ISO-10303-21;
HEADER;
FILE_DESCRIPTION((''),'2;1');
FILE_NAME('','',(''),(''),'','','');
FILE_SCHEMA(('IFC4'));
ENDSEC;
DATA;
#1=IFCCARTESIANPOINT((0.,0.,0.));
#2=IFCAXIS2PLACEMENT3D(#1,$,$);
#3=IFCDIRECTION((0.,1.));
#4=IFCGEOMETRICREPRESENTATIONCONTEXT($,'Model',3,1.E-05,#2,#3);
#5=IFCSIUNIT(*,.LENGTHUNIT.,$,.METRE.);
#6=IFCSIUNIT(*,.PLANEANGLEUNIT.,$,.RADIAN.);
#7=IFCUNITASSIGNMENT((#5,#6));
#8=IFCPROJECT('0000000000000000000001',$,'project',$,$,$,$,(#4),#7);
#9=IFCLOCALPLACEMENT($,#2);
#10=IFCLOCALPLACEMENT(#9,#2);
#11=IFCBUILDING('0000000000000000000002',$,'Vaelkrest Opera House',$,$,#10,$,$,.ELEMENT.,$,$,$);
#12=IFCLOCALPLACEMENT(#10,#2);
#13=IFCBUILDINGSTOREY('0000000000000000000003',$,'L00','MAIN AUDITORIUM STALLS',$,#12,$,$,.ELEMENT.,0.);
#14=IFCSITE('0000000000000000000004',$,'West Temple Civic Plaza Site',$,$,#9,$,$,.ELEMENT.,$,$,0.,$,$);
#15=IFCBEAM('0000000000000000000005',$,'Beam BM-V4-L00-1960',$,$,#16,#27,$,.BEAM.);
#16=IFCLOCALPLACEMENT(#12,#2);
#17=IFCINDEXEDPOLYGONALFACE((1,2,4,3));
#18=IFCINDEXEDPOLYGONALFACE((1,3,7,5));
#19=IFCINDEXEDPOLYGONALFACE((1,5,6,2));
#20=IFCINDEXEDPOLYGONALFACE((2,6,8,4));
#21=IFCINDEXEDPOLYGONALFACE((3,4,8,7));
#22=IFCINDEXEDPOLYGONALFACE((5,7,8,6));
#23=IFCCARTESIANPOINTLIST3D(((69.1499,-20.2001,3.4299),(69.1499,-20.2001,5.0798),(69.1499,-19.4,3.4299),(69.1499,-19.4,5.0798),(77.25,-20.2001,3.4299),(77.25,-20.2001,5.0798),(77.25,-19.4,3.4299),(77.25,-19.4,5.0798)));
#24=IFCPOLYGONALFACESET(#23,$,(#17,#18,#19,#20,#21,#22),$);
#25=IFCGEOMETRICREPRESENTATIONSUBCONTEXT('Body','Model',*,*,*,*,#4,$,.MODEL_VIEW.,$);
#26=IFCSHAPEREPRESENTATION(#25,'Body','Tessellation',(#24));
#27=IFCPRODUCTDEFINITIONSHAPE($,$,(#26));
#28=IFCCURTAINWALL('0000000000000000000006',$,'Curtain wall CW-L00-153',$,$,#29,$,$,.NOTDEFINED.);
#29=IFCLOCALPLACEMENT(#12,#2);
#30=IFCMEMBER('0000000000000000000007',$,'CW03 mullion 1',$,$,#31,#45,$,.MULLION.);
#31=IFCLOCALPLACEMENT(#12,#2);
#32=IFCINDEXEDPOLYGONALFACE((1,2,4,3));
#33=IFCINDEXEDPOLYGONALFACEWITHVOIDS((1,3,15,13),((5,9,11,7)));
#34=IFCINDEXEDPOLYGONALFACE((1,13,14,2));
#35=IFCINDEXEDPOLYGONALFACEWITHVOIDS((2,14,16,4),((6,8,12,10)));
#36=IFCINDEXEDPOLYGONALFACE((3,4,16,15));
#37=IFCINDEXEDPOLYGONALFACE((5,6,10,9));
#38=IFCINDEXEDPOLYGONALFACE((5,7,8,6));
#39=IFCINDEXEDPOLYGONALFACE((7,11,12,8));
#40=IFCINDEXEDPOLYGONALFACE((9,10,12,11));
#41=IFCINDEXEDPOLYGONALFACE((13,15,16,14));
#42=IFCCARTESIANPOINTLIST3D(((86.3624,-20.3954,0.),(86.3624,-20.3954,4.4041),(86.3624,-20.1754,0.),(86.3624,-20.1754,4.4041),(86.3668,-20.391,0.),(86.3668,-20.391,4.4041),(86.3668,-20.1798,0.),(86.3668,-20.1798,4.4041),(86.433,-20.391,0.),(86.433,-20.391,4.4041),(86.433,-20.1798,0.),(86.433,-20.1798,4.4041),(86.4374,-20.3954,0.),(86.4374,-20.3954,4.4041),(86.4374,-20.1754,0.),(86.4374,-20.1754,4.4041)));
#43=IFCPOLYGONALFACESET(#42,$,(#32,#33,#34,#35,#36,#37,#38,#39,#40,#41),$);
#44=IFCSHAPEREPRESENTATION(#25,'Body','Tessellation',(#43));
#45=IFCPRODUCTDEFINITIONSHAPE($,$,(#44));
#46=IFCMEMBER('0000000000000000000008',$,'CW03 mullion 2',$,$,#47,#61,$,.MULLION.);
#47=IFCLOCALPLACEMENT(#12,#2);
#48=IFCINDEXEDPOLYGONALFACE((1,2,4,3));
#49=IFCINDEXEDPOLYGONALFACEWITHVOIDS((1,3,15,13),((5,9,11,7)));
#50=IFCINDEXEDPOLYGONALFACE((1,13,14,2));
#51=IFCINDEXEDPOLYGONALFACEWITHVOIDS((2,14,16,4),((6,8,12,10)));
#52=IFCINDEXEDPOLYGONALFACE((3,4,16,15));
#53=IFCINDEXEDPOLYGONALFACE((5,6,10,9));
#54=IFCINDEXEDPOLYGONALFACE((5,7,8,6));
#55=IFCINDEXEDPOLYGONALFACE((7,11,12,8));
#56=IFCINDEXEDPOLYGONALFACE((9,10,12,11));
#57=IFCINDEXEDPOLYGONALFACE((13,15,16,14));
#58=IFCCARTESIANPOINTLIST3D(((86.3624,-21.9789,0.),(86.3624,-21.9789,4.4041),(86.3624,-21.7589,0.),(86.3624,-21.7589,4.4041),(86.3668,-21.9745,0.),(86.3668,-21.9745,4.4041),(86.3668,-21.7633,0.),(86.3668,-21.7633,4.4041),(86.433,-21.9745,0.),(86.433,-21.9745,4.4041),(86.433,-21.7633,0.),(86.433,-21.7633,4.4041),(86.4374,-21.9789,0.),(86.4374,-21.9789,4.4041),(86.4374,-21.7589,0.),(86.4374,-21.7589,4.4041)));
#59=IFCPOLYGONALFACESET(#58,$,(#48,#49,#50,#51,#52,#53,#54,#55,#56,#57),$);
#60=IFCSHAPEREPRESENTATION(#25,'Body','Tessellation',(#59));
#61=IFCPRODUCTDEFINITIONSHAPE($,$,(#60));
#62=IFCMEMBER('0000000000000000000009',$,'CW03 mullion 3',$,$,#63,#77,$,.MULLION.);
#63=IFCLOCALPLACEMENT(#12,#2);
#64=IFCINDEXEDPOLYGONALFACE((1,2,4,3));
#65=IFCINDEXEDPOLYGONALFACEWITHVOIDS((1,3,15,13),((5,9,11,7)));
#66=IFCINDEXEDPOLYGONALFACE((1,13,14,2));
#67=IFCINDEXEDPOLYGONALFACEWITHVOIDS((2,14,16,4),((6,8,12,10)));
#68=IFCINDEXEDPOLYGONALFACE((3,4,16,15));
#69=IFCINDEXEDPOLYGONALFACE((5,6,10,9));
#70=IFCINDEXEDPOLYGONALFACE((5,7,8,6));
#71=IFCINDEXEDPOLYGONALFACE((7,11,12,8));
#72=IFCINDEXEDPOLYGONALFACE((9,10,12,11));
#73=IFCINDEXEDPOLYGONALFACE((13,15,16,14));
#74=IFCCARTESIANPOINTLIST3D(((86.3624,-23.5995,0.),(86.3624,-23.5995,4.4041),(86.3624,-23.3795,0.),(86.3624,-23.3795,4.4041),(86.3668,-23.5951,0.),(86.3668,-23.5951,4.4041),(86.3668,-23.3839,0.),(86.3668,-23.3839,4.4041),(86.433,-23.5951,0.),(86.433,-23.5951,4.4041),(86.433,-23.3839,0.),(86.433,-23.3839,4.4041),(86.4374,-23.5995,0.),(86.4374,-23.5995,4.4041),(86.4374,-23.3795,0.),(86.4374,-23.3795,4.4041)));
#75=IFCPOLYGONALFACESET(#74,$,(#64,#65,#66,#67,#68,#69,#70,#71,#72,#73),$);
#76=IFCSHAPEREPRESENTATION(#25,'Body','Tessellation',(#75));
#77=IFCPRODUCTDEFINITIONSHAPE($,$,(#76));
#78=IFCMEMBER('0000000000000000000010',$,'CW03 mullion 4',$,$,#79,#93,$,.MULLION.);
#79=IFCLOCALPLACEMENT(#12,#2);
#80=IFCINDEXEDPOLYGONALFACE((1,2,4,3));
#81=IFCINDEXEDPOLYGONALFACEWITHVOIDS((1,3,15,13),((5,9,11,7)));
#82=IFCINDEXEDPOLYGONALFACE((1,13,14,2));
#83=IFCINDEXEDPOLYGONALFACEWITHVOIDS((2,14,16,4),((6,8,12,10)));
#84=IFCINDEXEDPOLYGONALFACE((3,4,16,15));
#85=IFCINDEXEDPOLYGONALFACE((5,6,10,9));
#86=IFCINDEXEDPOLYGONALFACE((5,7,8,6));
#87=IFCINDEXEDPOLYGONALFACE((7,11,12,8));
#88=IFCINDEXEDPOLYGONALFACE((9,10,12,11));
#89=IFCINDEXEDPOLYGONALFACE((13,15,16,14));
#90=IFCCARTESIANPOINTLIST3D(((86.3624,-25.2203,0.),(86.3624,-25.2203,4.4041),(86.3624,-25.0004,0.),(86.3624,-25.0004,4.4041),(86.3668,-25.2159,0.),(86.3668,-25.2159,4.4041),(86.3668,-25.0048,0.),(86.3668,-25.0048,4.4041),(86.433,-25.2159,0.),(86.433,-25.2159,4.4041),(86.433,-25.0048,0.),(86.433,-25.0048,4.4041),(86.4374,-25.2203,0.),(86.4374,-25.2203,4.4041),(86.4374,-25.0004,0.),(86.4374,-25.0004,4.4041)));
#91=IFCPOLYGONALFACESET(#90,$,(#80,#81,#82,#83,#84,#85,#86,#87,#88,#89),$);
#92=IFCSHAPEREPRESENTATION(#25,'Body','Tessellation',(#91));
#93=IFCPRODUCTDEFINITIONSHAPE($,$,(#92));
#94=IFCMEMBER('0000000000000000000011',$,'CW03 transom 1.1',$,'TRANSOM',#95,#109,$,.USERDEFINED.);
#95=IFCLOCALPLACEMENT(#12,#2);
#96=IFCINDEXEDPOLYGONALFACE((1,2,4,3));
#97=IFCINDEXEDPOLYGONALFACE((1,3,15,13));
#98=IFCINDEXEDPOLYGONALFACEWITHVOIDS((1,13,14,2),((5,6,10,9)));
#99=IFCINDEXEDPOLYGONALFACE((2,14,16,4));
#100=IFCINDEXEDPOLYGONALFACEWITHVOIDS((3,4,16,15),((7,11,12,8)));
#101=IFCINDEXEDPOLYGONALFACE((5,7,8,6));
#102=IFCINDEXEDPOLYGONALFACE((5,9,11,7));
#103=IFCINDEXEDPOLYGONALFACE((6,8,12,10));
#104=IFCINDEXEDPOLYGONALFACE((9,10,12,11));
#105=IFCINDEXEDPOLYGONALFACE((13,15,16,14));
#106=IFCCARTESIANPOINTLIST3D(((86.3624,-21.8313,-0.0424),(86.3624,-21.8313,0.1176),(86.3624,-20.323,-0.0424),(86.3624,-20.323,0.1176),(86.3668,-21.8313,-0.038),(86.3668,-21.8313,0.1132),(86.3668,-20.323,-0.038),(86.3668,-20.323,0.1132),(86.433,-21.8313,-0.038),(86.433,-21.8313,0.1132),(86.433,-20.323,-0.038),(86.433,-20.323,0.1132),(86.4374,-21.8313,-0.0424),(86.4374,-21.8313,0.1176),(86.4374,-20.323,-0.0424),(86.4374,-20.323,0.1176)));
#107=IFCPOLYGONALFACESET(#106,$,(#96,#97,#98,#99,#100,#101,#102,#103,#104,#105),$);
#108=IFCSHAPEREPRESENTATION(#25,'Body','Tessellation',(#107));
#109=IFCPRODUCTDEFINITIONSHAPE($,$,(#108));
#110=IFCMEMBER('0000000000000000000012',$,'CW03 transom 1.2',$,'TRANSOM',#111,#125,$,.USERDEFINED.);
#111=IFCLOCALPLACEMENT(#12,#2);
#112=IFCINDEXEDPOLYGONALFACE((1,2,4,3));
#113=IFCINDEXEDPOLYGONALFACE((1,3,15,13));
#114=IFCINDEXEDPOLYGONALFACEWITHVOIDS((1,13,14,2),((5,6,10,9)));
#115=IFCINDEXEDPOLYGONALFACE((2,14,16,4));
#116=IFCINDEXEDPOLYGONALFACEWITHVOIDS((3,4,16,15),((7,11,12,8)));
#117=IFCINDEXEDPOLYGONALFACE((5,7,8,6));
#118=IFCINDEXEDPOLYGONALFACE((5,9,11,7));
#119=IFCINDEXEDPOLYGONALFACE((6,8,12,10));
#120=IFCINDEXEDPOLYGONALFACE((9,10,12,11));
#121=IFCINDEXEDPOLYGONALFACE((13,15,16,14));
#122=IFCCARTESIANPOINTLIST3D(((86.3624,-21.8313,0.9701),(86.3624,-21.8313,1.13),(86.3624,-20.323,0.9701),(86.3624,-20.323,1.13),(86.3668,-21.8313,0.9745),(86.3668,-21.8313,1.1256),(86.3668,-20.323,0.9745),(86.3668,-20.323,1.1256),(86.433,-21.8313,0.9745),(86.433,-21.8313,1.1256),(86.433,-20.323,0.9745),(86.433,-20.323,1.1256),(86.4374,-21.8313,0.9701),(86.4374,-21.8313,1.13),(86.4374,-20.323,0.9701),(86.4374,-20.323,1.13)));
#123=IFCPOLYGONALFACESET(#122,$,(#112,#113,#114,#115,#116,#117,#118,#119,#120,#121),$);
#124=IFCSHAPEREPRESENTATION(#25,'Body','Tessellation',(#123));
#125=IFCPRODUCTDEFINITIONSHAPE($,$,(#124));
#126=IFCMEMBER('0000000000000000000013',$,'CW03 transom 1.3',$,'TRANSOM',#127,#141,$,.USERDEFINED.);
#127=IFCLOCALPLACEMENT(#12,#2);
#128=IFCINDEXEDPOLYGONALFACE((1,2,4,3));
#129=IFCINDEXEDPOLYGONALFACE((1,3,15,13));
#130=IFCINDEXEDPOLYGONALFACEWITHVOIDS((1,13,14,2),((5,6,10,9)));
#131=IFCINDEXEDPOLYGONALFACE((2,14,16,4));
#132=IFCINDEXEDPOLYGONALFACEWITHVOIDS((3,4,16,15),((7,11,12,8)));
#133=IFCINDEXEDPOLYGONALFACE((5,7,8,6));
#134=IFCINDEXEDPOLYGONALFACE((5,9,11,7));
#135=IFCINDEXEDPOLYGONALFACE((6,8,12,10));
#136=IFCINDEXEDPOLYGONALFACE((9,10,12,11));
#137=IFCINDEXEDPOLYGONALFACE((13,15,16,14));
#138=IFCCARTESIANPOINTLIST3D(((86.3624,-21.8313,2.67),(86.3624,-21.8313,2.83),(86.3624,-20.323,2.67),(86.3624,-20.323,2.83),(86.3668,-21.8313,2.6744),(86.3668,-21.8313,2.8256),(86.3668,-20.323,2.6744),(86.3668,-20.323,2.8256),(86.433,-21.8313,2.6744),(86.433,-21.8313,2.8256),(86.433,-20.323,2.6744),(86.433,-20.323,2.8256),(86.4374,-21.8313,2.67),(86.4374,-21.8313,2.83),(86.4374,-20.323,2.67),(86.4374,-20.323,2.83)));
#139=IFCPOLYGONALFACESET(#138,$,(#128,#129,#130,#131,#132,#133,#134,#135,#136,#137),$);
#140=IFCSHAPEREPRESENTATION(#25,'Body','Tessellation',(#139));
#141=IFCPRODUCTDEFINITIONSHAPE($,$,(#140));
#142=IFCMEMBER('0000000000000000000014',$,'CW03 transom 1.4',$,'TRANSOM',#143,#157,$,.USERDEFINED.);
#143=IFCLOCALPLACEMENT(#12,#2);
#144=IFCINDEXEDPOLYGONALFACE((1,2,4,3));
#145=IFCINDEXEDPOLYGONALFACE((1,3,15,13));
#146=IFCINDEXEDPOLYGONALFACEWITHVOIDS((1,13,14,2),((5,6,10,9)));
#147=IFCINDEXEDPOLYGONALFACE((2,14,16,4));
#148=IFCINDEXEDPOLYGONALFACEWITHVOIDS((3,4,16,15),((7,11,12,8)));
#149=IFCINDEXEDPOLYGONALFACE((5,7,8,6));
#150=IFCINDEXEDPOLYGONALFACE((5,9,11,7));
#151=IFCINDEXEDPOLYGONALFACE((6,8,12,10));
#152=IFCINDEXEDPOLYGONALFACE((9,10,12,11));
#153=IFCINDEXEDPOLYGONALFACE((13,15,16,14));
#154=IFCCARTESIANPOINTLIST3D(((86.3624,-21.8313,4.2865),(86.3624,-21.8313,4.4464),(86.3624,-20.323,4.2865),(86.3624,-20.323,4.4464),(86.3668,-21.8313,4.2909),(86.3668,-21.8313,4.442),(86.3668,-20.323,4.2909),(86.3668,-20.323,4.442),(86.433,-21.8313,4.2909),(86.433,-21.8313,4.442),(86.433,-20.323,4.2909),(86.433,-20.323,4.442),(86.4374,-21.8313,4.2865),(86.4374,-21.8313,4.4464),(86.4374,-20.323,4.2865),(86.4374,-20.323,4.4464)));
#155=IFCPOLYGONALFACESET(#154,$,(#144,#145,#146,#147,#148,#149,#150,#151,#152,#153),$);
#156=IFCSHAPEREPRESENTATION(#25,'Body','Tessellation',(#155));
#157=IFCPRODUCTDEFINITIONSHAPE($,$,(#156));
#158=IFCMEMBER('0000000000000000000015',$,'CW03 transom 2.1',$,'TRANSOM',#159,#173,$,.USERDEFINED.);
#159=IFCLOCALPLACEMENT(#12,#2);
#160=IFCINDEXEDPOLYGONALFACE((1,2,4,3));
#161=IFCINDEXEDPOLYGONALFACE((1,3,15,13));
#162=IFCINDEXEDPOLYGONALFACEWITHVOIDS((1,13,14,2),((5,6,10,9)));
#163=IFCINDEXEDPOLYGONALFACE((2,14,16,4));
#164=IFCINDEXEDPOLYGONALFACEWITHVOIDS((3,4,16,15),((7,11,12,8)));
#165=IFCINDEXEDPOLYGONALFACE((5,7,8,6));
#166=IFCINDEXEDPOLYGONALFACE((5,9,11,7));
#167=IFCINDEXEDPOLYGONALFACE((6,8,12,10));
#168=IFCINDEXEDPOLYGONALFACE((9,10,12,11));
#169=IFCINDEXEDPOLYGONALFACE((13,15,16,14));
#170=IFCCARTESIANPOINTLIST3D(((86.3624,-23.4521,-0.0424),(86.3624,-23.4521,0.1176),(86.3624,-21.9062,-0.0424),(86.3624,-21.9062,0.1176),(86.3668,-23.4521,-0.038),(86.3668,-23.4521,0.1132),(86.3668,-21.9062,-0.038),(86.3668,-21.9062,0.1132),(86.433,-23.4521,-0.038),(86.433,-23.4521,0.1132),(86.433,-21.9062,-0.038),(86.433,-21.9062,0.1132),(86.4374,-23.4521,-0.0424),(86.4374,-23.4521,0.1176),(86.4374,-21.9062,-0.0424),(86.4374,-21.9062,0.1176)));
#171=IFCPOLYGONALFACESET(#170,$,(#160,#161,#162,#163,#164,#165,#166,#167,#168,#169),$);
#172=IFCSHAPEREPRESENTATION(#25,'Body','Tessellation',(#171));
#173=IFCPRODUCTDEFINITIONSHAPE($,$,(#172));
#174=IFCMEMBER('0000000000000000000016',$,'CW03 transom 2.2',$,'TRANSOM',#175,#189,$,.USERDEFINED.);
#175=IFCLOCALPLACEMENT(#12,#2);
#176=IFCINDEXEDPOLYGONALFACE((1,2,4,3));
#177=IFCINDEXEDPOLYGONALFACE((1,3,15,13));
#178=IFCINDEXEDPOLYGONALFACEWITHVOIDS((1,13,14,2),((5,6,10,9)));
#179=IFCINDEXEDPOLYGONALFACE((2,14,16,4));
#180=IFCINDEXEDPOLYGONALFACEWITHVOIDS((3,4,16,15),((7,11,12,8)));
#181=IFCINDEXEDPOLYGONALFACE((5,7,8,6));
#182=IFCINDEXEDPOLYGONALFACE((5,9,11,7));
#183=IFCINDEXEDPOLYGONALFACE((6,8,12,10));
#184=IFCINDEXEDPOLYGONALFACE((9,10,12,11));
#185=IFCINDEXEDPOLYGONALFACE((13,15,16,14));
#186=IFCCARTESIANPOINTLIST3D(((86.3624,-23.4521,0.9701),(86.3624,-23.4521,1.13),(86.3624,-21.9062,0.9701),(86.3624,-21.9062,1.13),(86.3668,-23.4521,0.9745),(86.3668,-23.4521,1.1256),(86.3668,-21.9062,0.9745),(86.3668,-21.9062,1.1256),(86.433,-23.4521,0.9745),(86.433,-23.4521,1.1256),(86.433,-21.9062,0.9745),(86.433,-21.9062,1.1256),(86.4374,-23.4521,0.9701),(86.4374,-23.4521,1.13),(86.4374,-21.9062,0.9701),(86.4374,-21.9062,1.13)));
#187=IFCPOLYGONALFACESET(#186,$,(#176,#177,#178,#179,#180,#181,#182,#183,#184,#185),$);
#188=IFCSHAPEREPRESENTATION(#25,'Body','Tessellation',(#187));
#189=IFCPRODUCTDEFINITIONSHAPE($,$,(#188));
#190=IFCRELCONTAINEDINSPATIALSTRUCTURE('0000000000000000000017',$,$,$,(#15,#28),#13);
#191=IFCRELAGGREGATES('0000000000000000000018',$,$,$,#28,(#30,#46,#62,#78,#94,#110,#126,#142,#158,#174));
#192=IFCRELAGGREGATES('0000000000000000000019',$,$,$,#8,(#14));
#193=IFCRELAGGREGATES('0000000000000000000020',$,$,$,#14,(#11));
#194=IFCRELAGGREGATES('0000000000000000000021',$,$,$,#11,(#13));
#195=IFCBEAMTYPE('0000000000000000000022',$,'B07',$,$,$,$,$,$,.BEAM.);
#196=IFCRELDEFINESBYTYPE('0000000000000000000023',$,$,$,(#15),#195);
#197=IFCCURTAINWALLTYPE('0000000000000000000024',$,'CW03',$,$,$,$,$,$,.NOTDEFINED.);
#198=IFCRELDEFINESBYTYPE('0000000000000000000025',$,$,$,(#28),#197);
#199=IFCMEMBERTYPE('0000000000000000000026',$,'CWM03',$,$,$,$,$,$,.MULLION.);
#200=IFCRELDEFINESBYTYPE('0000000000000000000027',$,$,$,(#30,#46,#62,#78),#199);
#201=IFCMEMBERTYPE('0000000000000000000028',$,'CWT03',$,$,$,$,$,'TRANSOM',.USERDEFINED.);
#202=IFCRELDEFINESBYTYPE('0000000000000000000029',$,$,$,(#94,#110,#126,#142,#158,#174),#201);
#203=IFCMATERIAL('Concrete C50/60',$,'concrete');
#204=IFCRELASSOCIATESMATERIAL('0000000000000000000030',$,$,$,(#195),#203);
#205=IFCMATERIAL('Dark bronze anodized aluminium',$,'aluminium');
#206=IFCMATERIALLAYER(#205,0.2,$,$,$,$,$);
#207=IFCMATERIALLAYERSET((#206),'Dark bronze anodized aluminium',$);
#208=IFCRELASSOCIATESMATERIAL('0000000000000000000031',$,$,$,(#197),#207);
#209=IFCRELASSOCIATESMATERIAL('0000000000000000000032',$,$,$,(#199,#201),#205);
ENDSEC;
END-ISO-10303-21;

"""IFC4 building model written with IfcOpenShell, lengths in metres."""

from ifc_helpers import new_model, si_unit, direction, frame, origin, origin_2d, place, context, subcontext, project, spatial, rectangle, hollow_rectangle, extrude, material, layer, layer_set, material_profile, profile_set, type_object, element, aggregate, save


model = new_model("IFC4")

# Units and contexts
model_context = context("Model", 3, precision=1e-05, world=origin(), true_north=direction((0.0, 1.0)))
body_context = subcontext(model_context, "Body", "Model", "MODEL_VIEW")
ifc_project = project(units=[si_unit("LENGTHUNIT", "METRE"), si_unit("PLANEANGLEUNIT", "RADIAN")], contexts=[model_context])

# Site, building, storey
site_placement = place(None, origin())
site = spatial("IfcSite", under=ifc_project, at=site_placement, Name="West Temple Civic Plaza Site", CompositionType="ELEMENT", RefElevation=0.0)
building_placement = place(site_placement, origin())
building = spatial("IfcBuilding", under=site, at=building_placement, Name="Vaelkrest Opera House", CompositionType="ELEMENT")
storey_placement = place(building_placement, origin())
storey = spatial("IfcBuildingStorey", under=building, at=storey_placement, Name="L00", Description="MAIN AUDITORIUM STALLS", CompositionType="ELEMENT", Elevation=0.0)

# Beam
ifc_material_1 = material(Name="Concrete C50/60", Category="concrete")
ifc_material_profile_1 = material_profile(ifc_material_1, rectangle(XDim=0.8, YDim=1.6499, at=origin_2d()), Name="RCB800X1650")
ifc_profile_set_1 = profile_set([ifc_material_profile_1], Name="Concrete C50/60")
beam_type = type_object("IfcBeamType", Name="B07", PredefinedType="BEAM", material=ifc_profile_set_1)
beam_placement = place(storey_placement, frame((69.1499, -19.8, 4.2549), z_axis=(1.0, 0.0, 0.0), x_axis=(0.0, 1.0, 0.0)))
element("IfcBeam", 1, at=beam_placement, inside=storey, type_object=beam_type, Name="Beam BM-V4-L00-1960", PredefinedType="BEAM", context=body_context, shape_type="SweptSolid", body=[
    extrude(rectangle(XDim=0.8, YDim=1.6499, at=origin_2d()), origin(), (0.0, 0.0, 1.0), 8.1001),
])

# Curtain wall, members
ifc_material_2 = material(Name="Dark bronze anodized aluminium", Category="aluminium")
ifc_layer_1 = layer(ifc_material_2, 0.2)
ifc_layer_set_1 = layer_set([ifc_layer_1], Name="Dark bronze anodized aluminium")
curtain_wall_type = type_object("IfcCurtainWallType", Name="CW03", PredefinedType="NOTDEFINED", material=ifc_layer_set_1)
curtain_wall_placement = place(storey_placement, origin())
curtain_wall = element("IfcCurtainWall", 2, at=curtain_wall_placement, inside=storey, type_object=curtain_wall_type, Name="Curtain wall CW-L00-153", PredefinedType="NOTDEFINED")
ifc_material_profile_2 = material_profile(ifc_material_2, hollow_rectangle(XDim=0.075, YDim=0.22, WallThickness=0.0044, at=origin_2d()), Name="CWM75X220")
ifc_profile_set_2 = profile_set([ifc_material_profile_2], Name="Dark bronze anodized aluminium")
member_type_1 = type_object("IfcMemberType", Name="CWM03", PredefinedType="MULLION", material=ifc_profile_set_2)
member_1_placement = place(storey_placement, frame((86.3999, -20.2854, 0.0), z_axis=(0.0, 0.0, 1.0), x_axis=(1.0, 0.0, 0.0)))
member_1 = element("IfcMember", 3, at=member_1_placement, type_object=member_type_1, Name="CW03 mullion 1", PredefinedType="MULLION", context=body_context, shape_type="SweptSolid", body=[
    extrude(hollow_rectangle(XDim=0.075, YDim=0.22, WallThickness=0.0044, at=origin_2d()), origin(), (0.0, 0.0, 1.0), 4.4041),
])
member_2_placement = place(storey_placement, frame((86.3999, -21.8689, 0.0), z_axis=(0.0, 0.0, 1.0), x_axis=(1.0, 0.0, 0.0)))
member_2 = element("IfcMember", 4, at=member_2_placement, type_object=member_type_1, Name="CW03 mullion 2", PredefinedType="MULLION", context=body_context, shape_type="SweptSolid", body=[
    extrude(hollow_rectangle(XDim=0.075, YDim=0.22, WallThickness=0.0044, at=origin_2d()), origin(), (0.0, 0.0, 1.0), 4.4041),
])
member_3_placement = place(storey_placement, frame((86.3999, -23.4895, 0.0), z_axis=(0.0, 0.0, 1.0), x_axis=(1.0, 0.0, 0.0)))
member_3 = element("IfcMember", 5, at=member_3_placement, type_object=member_type_1, Name="CW03 mullion 3", PredefinedType="MULLION", context=body_context, shape_type="SweptSolid", body=[
    extrude(hollow_rectangle(XDim=0.075, YDim=0.22, WallThickness=0.0044, at=origin_2d()), origin(), (0.0, 0.0, 1.0), 4.4041),
])
member_4_placement = place(storey_placement, frame((86.3999, -25.1104, 0.0), z_axis=(0.0, 0.0, 1.0), x_axis=(1.0, 0.0, 0.0)))
member_4 = element("IfcMember", 6, at=member_4_placement, type_object=member_type_1, Name="CW03 mullion 4", PredefinedType="MULLION", context=body_context, shape_type="SweptSolid", body=[
    extrude(hollow_rectangle(XDim=0.075, YDim=0.22, WallThickness=0.0044, at=origin_2d()), origin(), (0.0, 0.0, 1.0), 4.4041),
])
ifc_material_profile_3 = material_profile(ifc_material_2, hollow_rectangle(XDim=0.075, YDim=0.1599, WallThickness=0.0044, at=origin_2d()), Name="CWT75X160")
ifc_profile_set_3 = profile_set([ifc_material_profile_3], Name="Dark bronze anodized aluminium")
member_type_2 = type_object("IfcMemberType", Name="CWT03", ElementType="TRANSOM", PredefinedType="USERDEFINED", material=ifc_profile_set_3)
member_5_placement = place(storey_placement, frame((86.3999, -20.323, 0.0376), z_axis=(0.0, -1.0, 0.0), x_axis=(1.0, 0.0, 0.0)))
member_5 = element("IfcMember", 7, at=member_5_placement, type_object=member_type_2, Name="CW03 transom 1.1", ObjectType="TRANSOM", PredefinedType="USERDEFINED", context=body_context, shape_type="SweptSolid", body=[
    extrude(hollow_rectangle(XDim=0.075, YDim=0.1599, WallThickness=0.0044, at=origin_2d()), origin(), (0.0, 0.0, 1.0), 1.5083),
])
member_6_placement = place(storey_placement, frame((86.3999, -20.323, 1.05), z_axis=(0.0, -1.0, 0.0), x_axis=(1.0, 0.0, 0.0)))
member_6 = element("IfcMember", 8, at=member_6_placement, type_object=member_type_2, Name="CW03 transom 1.2", ObjectType="TRANSOM", PredefinedType="USERDEFINED", context=body_context, shape_type="SweptSolid", body=[
    extrude(hollow_rectangle(XDim=0.075, YDim=0.1599, WallThickness=0.0044, at=origin_2d()), origin(), (0.0, 0.0, 1.0), 1.5083),
])
member_7_placement = place(storey_placement, frame((86.3999, -20.323, 2.75), z_axis=(0.0, -1.0, 0.0), x_axis=(1.0, 0.0, 0.0)))
member_7 = element("IfcMember", 9, at=member_7_placement, type_object=member_type_2, Name="CW03 transom 1.3", ObjectType="TRANSOM", PredefinedType="USERDEFINED", context=body_context, shape_type="SweptSolid", body=[
    extrude(hollow_rectangle(XDim=0.075, YDim=0.1599, WallThickness=0.0044, at=origin_2d()), origin(), (0.0, 0.0, 1.0), 1.5083),
])
member_8_placement = place(storey_placement, frame((86.3999, -20.323, 4.3665), z_axis=(0.0, -1.0, 0.0), x_axis=(1.0, 0.0, 0.0)))
member_8 = element("IfcMember", 10, at=member_8_placement, type_object=member_type_2, Name="CW03 transom 1.4", ObjectType="TRANSOM", PredefinedType="USERDEFINED", context=body_context, shape_type="SweptSolid", body=[
    extrude(hollow_rectangle(XDim=0.075, YDim=0.1599, WallThickness=0.0044, at=origin_2d()), origin(), (0.0, 0.0, 1.0), 1.5083),
])
member_9_placement = place(storey_placement, frame((86.3999, -21.9062, 0.0376), z_axis=(0.0, -1.0, 0.0), x_axis=(1.0, 0.0, 0.0)))
member_9 = element("IfcMember", 11, at=member_9_placement, type_object=member_type_2, Name="CW03 transom 2.1", ObjectType="TRANSOM", PredefinedType="USERDEFINED", context=body_context, shape_type="SweptSolid", body=[
    extrude(hollow_rectangle(XDim=0.075, YDim=0.1599, WallThickness=0.0044, at=origin_2d()), origin(), (0.0, 0.0, 1.0), 1.5459),
])
member_10_placement = place(storey_placement, frame((86.3999, -21.9062, 1.05), z_axis=(0.0, -1.0, 0.0), x_axis=(1.0, 0.0, 0.0)))
member_10 = element("IfcMember", 12, at=member_10_placement, type_object=member_type_2, Name="CW03 transom 2.2", ObjectType="TRANSOM", PredefinedType="USERDEFINED", context=body_context, shape_type="SweptSolid", body=[
    extrude(hollow_rectangle(XDim=0.075, YDim=0.1599, WallThickness=0.0044, at=origin_2d()), origin(), (0.0, 0.0, 1.0), 1.5459),
])
aggregate(curtain_wall, [member_1, member_2, member_3, member_4, member_5, member_6, member_7, member_8, member_9, member_10])

save(model, "model.ifc")
